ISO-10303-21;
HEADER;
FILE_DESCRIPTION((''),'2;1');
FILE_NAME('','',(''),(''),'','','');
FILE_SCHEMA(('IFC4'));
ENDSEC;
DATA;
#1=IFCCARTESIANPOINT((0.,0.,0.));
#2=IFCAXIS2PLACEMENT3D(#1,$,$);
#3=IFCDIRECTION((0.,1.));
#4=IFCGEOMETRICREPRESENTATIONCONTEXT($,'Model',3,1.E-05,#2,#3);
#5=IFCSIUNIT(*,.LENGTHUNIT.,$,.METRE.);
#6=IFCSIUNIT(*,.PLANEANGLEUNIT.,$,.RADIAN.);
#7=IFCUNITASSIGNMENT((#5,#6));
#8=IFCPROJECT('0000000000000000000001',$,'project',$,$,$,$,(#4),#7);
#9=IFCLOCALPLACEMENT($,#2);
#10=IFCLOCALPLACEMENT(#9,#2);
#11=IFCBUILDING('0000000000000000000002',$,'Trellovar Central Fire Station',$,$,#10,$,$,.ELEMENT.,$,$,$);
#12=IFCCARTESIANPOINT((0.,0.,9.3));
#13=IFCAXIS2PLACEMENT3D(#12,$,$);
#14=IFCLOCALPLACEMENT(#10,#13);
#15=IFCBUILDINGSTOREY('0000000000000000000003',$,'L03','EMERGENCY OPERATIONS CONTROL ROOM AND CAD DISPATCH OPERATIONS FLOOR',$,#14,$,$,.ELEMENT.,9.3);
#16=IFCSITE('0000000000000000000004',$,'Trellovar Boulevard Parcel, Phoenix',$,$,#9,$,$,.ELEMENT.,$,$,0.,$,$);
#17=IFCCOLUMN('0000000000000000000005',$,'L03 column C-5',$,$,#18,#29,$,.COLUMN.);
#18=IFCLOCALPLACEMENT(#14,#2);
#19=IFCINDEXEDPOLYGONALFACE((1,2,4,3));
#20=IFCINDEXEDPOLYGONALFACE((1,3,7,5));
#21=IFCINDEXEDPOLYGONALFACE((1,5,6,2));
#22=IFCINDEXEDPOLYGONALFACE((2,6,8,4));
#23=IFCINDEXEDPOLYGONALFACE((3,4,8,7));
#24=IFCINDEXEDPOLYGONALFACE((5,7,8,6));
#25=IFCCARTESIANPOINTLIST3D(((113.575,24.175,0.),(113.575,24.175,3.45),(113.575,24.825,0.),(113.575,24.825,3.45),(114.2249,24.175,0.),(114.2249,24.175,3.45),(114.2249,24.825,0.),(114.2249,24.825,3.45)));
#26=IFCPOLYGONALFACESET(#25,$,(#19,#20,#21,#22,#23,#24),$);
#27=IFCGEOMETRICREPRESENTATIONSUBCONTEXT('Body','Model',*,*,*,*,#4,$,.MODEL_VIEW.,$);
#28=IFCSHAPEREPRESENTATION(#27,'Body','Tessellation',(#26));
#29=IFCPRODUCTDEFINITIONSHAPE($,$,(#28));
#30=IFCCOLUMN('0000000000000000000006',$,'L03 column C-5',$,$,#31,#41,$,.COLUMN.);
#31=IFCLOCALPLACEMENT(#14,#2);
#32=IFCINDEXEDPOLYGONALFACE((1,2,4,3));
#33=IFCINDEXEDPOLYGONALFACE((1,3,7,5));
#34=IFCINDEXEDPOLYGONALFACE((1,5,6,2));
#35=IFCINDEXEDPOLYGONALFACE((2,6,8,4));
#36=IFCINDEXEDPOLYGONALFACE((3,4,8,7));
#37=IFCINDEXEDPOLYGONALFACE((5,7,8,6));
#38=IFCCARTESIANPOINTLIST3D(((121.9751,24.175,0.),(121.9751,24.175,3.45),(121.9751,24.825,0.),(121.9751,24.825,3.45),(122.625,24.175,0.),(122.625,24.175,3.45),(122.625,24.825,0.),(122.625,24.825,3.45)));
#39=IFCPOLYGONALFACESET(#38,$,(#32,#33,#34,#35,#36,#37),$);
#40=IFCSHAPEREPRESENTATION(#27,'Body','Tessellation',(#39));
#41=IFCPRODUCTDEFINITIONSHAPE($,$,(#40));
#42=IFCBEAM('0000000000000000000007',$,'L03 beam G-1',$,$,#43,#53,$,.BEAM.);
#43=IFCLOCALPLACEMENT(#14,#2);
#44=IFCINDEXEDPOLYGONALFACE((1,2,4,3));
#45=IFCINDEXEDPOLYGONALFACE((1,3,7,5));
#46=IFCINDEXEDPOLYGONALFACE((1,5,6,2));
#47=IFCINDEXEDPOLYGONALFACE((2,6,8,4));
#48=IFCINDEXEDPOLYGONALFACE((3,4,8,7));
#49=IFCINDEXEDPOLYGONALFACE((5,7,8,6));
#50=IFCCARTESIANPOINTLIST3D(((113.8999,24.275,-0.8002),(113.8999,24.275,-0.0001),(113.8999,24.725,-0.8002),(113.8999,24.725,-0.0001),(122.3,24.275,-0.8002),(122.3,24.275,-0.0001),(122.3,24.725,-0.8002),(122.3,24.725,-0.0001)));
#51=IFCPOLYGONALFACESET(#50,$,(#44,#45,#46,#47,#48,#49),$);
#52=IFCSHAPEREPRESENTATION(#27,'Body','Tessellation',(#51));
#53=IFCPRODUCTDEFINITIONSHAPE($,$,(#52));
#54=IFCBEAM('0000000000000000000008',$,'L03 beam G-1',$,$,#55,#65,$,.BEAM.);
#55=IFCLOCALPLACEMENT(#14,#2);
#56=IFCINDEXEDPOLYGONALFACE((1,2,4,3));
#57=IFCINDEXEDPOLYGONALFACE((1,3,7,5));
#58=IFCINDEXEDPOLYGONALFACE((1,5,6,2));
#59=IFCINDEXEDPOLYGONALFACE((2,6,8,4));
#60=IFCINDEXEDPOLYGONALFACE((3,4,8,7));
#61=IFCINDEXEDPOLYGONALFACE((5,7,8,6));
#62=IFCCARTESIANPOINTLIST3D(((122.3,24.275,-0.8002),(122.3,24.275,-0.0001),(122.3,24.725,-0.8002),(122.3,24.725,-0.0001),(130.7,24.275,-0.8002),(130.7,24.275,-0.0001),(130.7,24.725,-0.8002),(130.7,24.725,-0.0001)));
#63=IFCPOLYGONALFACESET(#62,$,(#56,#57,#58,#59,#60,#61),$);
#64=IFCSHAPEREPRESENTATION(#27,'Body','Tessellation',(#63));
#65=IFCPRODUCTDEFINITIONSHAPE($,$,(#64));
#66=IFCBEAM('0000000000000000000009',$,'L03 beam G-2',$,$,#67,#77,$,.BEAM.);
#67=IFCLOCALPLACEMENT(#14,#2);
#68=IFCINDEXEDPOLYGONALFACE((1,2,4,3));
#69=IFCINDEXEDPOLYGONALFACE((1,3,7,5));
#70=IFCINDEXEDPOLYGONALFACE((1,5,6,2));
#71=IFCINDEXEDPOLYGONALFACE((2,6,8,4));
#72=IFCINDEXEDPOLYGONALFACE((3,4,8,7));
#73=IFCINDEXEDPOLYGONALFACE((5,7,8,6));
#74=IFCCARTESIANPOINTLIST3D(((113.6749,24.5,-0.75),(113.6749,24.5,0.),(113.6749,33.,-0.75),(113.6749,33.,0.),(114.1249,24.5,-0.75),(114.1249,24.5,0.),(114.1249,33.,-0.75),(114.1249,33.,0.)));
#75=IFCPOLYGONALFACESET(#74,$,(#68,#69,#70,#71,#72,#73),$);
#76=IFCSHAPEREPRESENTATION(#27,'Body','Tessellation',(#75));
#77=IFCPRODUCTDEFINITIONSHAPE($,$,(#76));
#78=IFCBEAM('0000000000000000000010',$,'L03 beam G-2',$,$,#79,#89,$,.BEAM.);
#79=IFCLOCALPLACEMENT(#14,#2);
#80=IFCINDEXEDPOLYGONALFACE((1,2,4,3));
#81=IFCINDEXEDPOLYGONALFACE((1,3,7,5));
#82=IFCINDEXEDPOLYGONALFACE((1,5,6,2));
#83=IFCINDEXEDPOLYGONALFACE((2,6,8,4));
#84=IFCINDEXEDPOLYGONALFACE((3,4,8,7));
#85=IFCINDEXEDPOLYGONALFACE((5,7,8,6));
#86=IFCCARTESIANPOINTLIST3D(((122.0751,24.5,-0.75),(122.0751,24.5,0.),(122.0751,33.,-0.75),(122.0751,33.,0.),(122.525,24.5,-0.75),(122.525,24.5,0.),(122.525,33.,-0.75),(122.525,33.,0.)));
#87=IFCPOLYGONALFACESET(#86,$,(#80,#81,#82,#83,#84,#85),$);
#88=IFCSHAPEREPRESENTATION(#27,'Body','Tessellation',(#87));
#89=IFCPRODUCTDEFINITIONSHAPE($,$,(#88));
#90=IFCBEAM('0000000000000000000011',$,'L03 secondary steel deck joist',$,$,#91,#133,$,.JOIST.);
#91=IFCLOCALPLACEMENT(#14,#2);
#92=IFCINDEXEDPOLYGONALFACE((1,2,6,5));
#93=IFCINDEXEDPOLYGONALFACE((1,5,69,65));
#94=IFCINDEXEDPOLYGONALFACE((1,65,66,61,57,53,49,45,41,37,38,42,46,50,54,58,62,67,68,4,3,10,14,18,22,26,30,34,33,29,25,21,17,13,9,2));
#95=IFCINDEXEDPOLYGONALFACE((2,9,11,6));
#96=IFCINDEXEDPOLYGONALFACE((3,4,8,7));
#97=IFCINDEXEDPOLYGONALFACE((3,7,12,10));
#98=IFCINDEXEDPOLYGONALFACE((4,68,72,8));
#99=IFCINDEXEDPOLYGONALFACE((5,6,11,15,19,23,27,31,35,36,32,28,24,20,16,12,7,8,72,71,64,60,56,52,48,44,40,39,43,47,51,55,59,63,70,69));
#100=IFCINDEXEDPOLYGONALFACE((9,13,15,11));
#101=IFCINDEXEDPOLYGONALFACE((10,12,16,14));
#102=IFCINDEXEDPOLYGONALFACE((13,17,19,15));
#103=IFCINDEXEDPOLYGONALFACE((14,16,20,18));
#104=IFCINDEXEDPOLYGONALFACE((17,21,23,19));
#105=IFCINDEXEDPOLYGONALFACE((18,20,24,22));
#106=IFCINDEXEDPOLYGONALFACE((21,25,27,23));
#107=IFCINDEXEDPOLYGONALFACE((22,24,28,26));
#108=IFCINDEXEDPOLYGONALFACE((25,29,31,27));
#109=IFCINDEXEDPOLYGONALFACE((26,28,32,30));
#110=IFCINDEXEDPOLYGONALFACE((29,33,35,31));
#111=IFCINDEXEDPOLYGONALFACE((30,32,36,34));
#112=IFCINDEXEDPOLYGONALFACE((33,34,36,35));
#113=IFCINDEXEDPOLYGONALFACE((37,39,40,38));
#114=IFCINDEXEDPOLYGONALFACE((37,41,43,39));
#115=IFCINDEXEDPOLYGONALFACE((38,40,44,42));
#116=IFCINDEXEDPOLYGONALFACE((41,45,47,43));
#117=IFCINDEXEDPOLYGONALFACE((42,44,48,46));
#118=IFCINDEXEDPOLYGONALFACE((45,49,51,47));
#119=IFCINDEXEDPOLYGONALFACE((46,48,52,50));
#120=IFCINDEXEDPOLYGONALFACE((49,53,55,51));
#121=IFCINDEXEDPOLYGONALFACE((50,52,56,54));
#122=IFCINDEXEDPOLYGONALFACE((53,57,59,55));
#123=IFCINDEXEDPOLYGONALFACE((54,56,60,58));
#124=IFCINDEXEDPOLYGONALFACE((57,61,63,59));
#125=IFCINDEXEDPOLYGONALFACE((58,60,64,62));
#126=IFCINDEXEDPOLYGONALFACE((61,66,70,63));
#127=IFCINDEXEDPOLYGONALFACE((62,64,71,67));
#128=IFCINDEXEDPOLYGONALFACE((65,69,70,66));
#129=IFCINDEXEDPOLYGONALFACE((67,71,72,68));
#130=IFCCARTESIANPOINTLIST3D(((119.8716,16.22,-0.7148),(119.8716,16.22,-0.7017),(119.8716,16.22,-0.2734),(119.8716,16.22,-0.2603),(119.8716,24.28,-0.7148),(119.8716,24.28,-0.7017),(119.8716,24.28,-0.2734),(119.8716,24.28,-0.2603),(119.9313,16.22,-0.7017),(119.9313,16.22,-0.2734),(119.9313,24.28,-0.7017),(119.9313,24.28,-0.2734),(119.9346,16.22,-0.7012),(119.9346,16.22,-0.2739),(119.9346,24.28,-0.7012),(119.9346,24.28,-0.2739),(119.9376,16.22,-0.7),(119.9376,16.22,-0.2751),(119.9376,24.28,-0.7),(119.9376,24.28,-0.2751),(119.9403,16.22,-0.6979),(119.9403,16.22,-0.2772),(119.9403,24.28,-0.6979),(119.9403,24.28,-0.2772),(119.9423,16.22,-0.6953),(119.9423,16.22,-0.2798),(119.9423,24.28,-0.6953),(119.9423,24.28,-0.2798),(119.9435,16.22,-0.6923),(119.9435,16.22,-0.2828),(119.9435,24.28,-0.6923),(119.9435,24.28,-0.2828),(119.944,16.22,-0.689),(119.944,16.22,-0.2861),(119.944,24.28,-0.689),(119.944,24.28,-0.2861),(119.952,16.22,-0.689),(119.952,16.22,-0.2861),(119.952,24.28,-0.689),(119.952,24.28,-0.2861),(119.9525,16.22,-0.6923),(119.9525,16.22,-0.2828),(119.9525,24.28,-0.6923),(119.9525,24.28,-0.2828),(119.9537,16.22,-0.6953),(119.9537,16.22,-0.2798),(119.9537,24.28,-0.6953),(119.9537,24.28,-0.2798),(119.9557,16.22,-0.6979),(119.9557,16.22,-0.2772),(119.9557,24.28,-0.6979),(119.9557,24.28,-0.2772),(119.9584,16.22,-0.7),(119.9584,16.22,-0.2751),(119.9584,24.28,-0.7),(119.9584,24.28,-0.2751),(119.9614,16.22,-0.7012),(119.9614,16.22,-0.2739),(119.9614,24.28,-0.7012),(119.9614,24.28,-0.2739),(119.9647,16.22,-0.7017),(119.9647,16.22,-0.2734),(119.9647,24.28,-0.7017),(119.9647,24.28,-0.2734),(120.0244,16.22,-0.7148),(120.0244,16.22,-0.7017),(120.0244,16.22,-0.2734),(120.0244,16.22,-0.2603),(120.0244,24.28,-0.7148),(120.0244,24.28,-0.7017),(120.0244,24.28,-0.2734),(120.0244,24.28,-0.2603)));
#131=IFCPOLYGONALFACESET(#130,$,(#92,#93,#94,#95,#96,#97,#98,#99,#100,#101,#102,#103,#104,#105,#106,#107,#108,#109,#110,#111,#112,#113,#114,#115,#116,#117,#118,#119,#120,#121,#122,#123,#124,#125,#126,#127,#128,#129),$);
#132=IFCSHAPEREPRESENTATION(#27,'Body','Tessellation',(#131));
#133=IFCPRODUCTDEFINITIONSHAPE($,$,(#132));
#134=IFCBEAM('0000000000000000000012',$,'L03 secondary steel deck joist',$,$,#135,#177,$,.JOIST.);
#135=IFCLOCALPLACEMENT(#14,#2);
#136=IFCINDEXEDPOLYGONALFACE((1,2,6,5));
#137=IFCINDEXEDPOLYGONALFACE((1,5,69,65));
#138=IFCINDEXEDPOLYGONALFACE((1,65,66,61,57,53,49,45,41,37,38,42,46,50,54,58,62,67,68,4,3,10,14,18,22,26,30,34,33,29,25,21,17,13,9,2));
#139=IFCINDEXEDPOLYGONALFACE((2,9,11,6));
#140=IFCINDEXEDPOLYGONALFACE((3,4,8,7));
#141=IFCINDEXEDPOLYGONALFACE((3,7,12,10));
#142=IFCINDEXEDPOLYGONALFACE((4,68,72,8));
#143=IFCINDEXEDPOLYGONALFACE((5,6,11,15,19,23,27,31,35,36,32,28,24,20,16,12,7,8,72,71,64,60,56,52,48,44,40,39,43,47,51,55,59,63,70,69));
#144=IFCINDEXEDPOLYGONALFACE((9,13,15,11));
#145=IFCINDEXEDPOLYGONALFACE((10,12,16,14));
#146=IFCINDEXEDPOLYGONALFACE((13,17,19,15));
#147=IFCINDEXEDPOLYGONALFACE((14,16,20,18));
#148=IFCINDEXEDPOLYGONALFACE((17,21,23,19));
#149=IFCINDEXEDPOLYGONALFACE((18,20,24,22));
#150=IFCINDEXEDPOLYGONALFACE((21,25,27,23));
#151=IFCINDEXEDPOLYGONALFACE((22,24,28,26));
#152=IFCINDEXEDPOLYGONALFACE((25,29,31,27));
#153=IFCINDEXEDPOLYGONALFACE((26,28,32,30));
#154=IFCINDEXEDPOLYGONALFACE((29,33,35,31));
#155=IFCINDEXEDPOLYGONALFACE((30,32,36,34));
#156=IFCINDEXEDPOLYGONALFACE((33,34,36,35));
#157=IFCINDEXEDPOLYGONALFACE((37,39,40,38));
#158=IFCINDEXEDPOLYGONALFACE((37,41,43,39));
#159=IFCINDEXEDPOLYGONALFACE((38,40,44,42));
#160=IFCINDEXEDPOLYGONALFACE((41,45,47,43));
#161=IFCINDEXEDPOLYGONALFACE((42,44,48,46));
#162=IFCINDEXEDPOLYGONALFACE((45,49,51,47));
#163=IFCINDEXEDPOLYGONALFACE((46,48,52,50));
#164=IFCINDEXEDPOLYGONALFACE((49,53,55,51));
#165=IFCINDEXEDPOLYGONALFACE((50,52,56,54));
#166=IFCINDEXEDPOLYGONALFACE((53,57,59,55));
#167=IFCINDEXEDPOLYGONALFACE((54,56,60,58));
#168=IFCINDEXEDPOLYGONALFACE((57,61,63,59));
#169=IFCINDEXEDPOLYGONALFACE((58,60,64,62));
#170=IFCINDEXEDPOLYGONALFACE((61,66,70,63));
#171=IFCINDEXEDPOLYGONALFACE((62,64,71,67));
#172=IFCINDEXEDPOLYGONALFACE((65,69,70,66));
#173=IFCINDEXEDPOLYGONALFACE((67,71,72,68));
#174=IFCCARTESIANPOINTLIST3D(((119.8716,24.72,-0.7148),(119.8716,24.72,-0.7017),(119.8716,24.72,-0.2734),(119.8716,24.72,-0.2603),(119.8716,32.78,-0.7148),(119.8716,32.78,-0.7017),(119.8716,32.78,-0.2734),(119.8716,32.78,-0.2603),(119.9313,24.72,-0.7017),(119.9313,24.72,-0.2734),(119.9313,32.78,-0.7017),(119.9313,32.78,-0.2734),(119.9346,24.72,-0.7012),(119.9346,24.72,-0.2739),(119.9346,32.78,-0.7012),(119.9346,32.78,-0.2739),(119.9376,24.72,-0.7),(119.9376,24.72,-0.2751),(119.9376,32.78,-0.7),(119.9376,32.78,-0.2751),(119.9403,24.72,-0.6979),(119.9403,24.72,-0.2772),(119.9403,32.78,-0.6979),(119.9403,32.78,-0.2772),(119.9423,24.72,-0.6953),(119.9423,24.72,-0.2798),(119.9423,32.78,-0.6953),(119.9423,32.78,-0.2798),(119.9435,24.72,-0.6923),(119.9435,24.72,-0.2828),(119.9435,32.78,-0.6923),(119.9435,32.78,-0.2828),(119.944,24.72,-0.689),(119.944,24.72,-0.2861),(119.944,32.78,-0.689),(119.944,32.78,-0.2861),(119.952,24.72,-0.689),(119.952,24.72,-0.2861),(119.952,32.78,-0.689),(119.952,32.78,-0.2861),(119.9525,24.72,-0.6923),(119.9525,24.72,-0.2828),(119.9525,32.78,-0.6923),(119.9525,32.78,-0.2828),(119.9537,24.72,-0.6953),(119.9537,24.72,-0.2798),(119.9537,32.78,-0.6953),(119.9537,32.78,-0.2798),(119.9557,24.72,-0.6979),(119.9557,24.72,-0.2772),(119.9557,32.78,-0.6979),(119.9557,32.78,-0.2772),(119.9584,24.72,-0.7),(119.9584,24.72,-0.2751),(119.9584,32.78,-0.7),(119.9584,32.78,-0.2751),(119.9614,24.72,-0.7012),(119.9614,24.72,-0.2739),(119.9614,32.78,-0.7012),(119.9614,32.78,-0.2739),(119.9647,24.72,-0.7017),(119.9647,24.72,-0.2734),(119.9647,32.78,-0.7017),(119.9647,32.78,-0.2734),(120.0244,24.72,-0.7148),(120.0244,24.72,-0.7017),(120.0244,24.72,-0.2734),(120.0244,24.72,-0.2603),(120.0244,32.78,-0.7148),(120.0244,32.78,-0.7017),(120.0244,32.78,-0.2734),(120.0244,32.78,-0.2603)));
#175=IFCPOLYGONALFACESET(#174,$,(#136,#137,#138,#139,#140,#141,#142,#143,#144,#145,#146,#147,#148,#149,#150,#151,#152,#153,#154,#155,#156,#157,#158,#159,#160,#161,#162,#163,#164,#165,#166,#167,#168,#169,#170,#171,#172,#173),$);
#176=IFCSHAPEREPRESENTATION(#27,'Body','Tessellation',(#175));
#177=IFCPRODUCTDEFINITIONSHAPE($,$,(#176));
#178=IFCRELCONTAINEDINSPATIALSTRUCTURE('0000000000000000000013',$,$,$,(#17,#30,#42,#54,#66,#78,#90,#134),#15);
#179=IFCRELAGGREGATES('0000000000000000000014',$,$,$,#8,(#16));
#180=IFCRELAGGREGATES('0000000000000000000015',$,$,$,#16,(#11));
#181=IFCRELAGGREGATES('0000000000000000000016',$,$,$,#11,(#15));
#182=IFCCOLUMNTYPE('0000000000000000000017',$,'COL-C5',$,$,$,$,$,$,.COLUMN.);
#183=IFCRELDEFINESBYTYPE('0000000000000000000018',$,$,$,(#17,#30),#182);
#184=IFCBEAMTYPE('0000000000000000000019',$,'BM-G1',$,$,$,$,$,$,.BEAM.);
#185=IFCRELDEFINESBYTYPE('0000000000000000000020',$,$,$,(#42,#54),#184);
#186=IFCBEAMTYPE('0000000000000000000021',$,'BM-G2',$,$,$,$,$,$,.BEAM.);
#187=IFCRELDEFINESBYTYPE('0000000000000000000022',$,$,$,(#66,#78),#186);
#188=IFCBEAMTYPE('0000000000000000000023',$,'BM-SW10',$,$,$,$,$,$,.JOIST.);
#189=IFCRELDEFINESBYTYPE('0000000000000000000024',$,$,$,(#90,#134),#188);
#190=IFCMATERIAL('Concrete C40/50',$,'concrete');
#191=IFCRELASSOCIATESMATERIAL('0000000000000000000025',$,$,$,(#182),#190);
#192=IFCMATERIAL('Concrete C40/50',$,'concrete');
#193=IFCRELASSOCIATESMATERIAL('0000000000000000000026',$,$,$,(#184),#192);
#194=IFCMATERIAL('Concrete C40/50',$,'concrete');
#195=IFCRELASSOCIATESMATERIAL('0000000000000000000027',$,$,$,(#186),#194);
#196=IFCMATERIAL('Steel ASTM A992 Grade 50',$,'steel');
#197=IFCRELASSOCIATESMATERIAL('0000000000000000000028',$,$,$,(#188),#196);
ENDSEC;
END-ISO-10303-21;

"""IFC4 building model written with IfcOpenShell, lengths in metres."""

from ifc_helpers import new_model, si_unit, direction, frame, origin, origin_2d, place, context, subcontext, project, spatial, rectangle, i_section, extrude, material, material_profile, profile_set, type_object, element, save


model = new_model("IFC4")

# Units and contexts
model_context = context("Model", 3, precision=1e-05, world=origin(), true_north=direction((0.0, 1.0)))
body_context = subcontext(model_context, "Body", "Model", "MODEL_VIEW")
ifc_project = project(units=[si_unit("LENGTHUNIT", "METRE"), si_unit("PLANEANGLEUNIT", "RADIAN")], contexts=[model_context])

# Site, building, storey
site_placement = place(None, origin())
site = spatial("IfcSite", under=ifc_project, at=site_placement, Name="Trellovar Boulevard Parcel, Phoenix", CompositionType="ELEMENT", RefElevation=0.0)
building_placement = place(site_placement, origin())
building = spatial("IfcBuilding", under=site, at=building_placement, Name="Trellovar Central Fire Station", CompositionType="ELEMENT")
storey_placement = place(building_placement, frame((0.0, 0.0, 9.3)))
storey = spatial("IfcBuildingStorey", under=building, at=storey_placement, Name="L03", Description="EMERGENCY OPERATIONS CONTROL ROOM AND CAD DISPATCH OPERATIONS FLOOR", CompositionType="ELEMENT", Elevation=9.3)

# Columns
ifc_material_1 = material(Name="Concrete C40/50", Category="concrete")
ifc_material_profile_1 = material_profile(ifc_material_1, rectangle(XDim=0.6499, YDim=0.6499, at=origin_2d()), Name="RC650X650")
ifc_profile_set_1 = profile_set([ifc_material_profile_1], Name="Concrete C40/50")
column_type = type_object("IfcColumnType", Name="COL-C5", PredefinedType="COLUMN", material=ifc_profile_set_1)
for number, where, z_axis, x_axis, name in (
    (1, (113.8999, 24.5, 0.0), (0.0, 0.0, 1.0), (1.0, 0.0, 0.0), "L03 column C-5"),
    (2, (122.3, 24.5, 0.0), (0.0, 0.0, 1.0), (1.0, 0.0, 0.0), "L03 column C-5"),
):
    element("IfcColumn", number, at=place(storey_placement, frame(where, z_axis=z_axis, x_axis=x_axis)), inside=storey, type_object=column_type, Name=name, PredefinedType="COLUMN", context=body_context, shape_type="SweptSolid", body=[
        extrude(rectangle(XDim=0.6499, YDim=0.6499, at=origin_2d()), origin(), (0.0, 0.0, 1.0), 3.45),
    ])

# Beams
ifc_material_2 = material(Name="Concrete C40/50", Category="concrete")
ifc_material_profile_2 = material_profile(ifc_material_2, rectangle(XDim=0.45, YDim=0.8, at=origin_2d()), Name="RC450X800")
ifc_profile_set_2 = profile_set([ifc_material_profile_2], Name="Concrete C40/50")
beam_type_1 = type_object("IfcBeamType", Name="BM-G1", PredefinedType="BEAM", material=ifc_profile_set_2)
beam_1_placement = place(storey_placement, frame((113.8999, 24.5, -0.4001), z_axis=(1.0, 0.0, 0.0), x_axis=(0.0, 1.0, 0.0)))
element("IfcBeam", 3, at=beam_1_placement, inside=storey, type_object=beam_type_1, Name="L03 beam G-1", PredefinedType="BEAM", context=body_context, shape_type="SweptSolid", body=[
    extrude(rectangle(XDim=0.45, YDim=0.8, at=origin_2d()), origin(), (0.0, 0.0, 1.0), 8.4001),
])
beam_2_placement = place(storey_placement, frame((122.3, 24.5, -0.4001), z_axis=(1.0, 0.0, 0.0), x_axis=(0.0, 1.0, 0.0)))
element("IfcBeam", 4, at=beam_2_placement, inside=storey, type_object=beam_type_1, Name="L03 beam G-1", PredefinedType="BEAM", context=body_context, shape_type="SweptSolid", body=[
    extrude(rectangle(XDim=0.45, YDim=0.8, at=origin_2d()), origin(), (0.0, 0.0, 1.0), 8.3999),
])
ifc_material_3 = material(Name="Concrete C40/50", Category="concrete")
ifc_material_profile_3 = material_profile(ifc_material_3, rectangle(XDim=0.45, YDim=0.75, at=origin_2d()), Name="RC450X750")
ifc_profile_set_3 = profile_set([ifc_material_profile_3], Name="Concrete C40/50")
beam_type_2 = type_object("IfcBeamType", Name="BM-G2", PredefinedType="BEAM", material=ifc_profile_set_3)
for number, where, z_axis, x_axis, name in (
    (5, (113.8999, 24.5, -0.375), (0.0, 1.0, 0.0), (-1.0, 0.0, 0.0), "L03 beam G-2"),
    (6, (122.3, 24.5, -0.375), (0.0, 1.0, 0.0), (-1.0, 0.0, 0.0), "L03 beam G-2"),
):
    element("IfcBeam", number, at=place(storey_placement, frame(where, z_axis=z_axis, x_axis=x_axis)), inside=storey, type_object=beam_type_2, Name=name, PredefinedType="BEAM", context=body_context, shape_type="SweptSolid", body=[
        extrude(rectangle(XDim=0.45, YDim=0.75, at=origin_2d()), origin(), (0.0, 0.0, 1.0), 8.5),
    ])
ifc_material_4 = material(Name="Steel ASTM A992 Grade 50", Category="steel")
ifc_material_profile_4 = material_profile(ifc_material_4, i_section(OverallWidth=0.1528, OverallDepth=0.4546, WebThickness=0.0081, FlangeThickness=0.0132, FilletRadius=0.0127, at=origin_2d()), Name="W18X40")
ifc_profile_set_4 = profile_set([ifc_material_profile_4], Name="Steel ASTM A992 Grade 50")
beam_type_3 = type_object("IfcBeamType", Name="BM-SW10", PredefinedType="JOIST", material=ifc_profile_set_4)
for number, where, z_axis, x_axis, name in (
    (7, (119.948, 16.22, -0.4875), (0.0, 1.0, 0.0), (-1.0, 0.0, 0.0), "L03 secondary steel deck joist"),
    (8, (119.948, 24.72, -0.4875), (0.0, 1.0, 0.0), (-1.0, 0.0, 0.0), "L03 secondary steel deck joist"),
):
    element("IfcBeam", number, at=place(storey_placement, frame(where, z_axis=z_axis, x_axis=x_axis)), inside=storey, type_object=beam_type_3, Name=name, PredefinedType="JOIST", context=body_context, shape_type="SweptSolid", body=[
        extrude(i_section(OverallWidth=0.1528, OverallDepth=0.4546, WebThickness=0.0081, FlangeThickness=0.0132, FilletRadius=0.0127, at=origin_2d()), origin(), (0.0, 0.0, 1.0), 8.0601),
    ])

save(model, "model.ifc")
